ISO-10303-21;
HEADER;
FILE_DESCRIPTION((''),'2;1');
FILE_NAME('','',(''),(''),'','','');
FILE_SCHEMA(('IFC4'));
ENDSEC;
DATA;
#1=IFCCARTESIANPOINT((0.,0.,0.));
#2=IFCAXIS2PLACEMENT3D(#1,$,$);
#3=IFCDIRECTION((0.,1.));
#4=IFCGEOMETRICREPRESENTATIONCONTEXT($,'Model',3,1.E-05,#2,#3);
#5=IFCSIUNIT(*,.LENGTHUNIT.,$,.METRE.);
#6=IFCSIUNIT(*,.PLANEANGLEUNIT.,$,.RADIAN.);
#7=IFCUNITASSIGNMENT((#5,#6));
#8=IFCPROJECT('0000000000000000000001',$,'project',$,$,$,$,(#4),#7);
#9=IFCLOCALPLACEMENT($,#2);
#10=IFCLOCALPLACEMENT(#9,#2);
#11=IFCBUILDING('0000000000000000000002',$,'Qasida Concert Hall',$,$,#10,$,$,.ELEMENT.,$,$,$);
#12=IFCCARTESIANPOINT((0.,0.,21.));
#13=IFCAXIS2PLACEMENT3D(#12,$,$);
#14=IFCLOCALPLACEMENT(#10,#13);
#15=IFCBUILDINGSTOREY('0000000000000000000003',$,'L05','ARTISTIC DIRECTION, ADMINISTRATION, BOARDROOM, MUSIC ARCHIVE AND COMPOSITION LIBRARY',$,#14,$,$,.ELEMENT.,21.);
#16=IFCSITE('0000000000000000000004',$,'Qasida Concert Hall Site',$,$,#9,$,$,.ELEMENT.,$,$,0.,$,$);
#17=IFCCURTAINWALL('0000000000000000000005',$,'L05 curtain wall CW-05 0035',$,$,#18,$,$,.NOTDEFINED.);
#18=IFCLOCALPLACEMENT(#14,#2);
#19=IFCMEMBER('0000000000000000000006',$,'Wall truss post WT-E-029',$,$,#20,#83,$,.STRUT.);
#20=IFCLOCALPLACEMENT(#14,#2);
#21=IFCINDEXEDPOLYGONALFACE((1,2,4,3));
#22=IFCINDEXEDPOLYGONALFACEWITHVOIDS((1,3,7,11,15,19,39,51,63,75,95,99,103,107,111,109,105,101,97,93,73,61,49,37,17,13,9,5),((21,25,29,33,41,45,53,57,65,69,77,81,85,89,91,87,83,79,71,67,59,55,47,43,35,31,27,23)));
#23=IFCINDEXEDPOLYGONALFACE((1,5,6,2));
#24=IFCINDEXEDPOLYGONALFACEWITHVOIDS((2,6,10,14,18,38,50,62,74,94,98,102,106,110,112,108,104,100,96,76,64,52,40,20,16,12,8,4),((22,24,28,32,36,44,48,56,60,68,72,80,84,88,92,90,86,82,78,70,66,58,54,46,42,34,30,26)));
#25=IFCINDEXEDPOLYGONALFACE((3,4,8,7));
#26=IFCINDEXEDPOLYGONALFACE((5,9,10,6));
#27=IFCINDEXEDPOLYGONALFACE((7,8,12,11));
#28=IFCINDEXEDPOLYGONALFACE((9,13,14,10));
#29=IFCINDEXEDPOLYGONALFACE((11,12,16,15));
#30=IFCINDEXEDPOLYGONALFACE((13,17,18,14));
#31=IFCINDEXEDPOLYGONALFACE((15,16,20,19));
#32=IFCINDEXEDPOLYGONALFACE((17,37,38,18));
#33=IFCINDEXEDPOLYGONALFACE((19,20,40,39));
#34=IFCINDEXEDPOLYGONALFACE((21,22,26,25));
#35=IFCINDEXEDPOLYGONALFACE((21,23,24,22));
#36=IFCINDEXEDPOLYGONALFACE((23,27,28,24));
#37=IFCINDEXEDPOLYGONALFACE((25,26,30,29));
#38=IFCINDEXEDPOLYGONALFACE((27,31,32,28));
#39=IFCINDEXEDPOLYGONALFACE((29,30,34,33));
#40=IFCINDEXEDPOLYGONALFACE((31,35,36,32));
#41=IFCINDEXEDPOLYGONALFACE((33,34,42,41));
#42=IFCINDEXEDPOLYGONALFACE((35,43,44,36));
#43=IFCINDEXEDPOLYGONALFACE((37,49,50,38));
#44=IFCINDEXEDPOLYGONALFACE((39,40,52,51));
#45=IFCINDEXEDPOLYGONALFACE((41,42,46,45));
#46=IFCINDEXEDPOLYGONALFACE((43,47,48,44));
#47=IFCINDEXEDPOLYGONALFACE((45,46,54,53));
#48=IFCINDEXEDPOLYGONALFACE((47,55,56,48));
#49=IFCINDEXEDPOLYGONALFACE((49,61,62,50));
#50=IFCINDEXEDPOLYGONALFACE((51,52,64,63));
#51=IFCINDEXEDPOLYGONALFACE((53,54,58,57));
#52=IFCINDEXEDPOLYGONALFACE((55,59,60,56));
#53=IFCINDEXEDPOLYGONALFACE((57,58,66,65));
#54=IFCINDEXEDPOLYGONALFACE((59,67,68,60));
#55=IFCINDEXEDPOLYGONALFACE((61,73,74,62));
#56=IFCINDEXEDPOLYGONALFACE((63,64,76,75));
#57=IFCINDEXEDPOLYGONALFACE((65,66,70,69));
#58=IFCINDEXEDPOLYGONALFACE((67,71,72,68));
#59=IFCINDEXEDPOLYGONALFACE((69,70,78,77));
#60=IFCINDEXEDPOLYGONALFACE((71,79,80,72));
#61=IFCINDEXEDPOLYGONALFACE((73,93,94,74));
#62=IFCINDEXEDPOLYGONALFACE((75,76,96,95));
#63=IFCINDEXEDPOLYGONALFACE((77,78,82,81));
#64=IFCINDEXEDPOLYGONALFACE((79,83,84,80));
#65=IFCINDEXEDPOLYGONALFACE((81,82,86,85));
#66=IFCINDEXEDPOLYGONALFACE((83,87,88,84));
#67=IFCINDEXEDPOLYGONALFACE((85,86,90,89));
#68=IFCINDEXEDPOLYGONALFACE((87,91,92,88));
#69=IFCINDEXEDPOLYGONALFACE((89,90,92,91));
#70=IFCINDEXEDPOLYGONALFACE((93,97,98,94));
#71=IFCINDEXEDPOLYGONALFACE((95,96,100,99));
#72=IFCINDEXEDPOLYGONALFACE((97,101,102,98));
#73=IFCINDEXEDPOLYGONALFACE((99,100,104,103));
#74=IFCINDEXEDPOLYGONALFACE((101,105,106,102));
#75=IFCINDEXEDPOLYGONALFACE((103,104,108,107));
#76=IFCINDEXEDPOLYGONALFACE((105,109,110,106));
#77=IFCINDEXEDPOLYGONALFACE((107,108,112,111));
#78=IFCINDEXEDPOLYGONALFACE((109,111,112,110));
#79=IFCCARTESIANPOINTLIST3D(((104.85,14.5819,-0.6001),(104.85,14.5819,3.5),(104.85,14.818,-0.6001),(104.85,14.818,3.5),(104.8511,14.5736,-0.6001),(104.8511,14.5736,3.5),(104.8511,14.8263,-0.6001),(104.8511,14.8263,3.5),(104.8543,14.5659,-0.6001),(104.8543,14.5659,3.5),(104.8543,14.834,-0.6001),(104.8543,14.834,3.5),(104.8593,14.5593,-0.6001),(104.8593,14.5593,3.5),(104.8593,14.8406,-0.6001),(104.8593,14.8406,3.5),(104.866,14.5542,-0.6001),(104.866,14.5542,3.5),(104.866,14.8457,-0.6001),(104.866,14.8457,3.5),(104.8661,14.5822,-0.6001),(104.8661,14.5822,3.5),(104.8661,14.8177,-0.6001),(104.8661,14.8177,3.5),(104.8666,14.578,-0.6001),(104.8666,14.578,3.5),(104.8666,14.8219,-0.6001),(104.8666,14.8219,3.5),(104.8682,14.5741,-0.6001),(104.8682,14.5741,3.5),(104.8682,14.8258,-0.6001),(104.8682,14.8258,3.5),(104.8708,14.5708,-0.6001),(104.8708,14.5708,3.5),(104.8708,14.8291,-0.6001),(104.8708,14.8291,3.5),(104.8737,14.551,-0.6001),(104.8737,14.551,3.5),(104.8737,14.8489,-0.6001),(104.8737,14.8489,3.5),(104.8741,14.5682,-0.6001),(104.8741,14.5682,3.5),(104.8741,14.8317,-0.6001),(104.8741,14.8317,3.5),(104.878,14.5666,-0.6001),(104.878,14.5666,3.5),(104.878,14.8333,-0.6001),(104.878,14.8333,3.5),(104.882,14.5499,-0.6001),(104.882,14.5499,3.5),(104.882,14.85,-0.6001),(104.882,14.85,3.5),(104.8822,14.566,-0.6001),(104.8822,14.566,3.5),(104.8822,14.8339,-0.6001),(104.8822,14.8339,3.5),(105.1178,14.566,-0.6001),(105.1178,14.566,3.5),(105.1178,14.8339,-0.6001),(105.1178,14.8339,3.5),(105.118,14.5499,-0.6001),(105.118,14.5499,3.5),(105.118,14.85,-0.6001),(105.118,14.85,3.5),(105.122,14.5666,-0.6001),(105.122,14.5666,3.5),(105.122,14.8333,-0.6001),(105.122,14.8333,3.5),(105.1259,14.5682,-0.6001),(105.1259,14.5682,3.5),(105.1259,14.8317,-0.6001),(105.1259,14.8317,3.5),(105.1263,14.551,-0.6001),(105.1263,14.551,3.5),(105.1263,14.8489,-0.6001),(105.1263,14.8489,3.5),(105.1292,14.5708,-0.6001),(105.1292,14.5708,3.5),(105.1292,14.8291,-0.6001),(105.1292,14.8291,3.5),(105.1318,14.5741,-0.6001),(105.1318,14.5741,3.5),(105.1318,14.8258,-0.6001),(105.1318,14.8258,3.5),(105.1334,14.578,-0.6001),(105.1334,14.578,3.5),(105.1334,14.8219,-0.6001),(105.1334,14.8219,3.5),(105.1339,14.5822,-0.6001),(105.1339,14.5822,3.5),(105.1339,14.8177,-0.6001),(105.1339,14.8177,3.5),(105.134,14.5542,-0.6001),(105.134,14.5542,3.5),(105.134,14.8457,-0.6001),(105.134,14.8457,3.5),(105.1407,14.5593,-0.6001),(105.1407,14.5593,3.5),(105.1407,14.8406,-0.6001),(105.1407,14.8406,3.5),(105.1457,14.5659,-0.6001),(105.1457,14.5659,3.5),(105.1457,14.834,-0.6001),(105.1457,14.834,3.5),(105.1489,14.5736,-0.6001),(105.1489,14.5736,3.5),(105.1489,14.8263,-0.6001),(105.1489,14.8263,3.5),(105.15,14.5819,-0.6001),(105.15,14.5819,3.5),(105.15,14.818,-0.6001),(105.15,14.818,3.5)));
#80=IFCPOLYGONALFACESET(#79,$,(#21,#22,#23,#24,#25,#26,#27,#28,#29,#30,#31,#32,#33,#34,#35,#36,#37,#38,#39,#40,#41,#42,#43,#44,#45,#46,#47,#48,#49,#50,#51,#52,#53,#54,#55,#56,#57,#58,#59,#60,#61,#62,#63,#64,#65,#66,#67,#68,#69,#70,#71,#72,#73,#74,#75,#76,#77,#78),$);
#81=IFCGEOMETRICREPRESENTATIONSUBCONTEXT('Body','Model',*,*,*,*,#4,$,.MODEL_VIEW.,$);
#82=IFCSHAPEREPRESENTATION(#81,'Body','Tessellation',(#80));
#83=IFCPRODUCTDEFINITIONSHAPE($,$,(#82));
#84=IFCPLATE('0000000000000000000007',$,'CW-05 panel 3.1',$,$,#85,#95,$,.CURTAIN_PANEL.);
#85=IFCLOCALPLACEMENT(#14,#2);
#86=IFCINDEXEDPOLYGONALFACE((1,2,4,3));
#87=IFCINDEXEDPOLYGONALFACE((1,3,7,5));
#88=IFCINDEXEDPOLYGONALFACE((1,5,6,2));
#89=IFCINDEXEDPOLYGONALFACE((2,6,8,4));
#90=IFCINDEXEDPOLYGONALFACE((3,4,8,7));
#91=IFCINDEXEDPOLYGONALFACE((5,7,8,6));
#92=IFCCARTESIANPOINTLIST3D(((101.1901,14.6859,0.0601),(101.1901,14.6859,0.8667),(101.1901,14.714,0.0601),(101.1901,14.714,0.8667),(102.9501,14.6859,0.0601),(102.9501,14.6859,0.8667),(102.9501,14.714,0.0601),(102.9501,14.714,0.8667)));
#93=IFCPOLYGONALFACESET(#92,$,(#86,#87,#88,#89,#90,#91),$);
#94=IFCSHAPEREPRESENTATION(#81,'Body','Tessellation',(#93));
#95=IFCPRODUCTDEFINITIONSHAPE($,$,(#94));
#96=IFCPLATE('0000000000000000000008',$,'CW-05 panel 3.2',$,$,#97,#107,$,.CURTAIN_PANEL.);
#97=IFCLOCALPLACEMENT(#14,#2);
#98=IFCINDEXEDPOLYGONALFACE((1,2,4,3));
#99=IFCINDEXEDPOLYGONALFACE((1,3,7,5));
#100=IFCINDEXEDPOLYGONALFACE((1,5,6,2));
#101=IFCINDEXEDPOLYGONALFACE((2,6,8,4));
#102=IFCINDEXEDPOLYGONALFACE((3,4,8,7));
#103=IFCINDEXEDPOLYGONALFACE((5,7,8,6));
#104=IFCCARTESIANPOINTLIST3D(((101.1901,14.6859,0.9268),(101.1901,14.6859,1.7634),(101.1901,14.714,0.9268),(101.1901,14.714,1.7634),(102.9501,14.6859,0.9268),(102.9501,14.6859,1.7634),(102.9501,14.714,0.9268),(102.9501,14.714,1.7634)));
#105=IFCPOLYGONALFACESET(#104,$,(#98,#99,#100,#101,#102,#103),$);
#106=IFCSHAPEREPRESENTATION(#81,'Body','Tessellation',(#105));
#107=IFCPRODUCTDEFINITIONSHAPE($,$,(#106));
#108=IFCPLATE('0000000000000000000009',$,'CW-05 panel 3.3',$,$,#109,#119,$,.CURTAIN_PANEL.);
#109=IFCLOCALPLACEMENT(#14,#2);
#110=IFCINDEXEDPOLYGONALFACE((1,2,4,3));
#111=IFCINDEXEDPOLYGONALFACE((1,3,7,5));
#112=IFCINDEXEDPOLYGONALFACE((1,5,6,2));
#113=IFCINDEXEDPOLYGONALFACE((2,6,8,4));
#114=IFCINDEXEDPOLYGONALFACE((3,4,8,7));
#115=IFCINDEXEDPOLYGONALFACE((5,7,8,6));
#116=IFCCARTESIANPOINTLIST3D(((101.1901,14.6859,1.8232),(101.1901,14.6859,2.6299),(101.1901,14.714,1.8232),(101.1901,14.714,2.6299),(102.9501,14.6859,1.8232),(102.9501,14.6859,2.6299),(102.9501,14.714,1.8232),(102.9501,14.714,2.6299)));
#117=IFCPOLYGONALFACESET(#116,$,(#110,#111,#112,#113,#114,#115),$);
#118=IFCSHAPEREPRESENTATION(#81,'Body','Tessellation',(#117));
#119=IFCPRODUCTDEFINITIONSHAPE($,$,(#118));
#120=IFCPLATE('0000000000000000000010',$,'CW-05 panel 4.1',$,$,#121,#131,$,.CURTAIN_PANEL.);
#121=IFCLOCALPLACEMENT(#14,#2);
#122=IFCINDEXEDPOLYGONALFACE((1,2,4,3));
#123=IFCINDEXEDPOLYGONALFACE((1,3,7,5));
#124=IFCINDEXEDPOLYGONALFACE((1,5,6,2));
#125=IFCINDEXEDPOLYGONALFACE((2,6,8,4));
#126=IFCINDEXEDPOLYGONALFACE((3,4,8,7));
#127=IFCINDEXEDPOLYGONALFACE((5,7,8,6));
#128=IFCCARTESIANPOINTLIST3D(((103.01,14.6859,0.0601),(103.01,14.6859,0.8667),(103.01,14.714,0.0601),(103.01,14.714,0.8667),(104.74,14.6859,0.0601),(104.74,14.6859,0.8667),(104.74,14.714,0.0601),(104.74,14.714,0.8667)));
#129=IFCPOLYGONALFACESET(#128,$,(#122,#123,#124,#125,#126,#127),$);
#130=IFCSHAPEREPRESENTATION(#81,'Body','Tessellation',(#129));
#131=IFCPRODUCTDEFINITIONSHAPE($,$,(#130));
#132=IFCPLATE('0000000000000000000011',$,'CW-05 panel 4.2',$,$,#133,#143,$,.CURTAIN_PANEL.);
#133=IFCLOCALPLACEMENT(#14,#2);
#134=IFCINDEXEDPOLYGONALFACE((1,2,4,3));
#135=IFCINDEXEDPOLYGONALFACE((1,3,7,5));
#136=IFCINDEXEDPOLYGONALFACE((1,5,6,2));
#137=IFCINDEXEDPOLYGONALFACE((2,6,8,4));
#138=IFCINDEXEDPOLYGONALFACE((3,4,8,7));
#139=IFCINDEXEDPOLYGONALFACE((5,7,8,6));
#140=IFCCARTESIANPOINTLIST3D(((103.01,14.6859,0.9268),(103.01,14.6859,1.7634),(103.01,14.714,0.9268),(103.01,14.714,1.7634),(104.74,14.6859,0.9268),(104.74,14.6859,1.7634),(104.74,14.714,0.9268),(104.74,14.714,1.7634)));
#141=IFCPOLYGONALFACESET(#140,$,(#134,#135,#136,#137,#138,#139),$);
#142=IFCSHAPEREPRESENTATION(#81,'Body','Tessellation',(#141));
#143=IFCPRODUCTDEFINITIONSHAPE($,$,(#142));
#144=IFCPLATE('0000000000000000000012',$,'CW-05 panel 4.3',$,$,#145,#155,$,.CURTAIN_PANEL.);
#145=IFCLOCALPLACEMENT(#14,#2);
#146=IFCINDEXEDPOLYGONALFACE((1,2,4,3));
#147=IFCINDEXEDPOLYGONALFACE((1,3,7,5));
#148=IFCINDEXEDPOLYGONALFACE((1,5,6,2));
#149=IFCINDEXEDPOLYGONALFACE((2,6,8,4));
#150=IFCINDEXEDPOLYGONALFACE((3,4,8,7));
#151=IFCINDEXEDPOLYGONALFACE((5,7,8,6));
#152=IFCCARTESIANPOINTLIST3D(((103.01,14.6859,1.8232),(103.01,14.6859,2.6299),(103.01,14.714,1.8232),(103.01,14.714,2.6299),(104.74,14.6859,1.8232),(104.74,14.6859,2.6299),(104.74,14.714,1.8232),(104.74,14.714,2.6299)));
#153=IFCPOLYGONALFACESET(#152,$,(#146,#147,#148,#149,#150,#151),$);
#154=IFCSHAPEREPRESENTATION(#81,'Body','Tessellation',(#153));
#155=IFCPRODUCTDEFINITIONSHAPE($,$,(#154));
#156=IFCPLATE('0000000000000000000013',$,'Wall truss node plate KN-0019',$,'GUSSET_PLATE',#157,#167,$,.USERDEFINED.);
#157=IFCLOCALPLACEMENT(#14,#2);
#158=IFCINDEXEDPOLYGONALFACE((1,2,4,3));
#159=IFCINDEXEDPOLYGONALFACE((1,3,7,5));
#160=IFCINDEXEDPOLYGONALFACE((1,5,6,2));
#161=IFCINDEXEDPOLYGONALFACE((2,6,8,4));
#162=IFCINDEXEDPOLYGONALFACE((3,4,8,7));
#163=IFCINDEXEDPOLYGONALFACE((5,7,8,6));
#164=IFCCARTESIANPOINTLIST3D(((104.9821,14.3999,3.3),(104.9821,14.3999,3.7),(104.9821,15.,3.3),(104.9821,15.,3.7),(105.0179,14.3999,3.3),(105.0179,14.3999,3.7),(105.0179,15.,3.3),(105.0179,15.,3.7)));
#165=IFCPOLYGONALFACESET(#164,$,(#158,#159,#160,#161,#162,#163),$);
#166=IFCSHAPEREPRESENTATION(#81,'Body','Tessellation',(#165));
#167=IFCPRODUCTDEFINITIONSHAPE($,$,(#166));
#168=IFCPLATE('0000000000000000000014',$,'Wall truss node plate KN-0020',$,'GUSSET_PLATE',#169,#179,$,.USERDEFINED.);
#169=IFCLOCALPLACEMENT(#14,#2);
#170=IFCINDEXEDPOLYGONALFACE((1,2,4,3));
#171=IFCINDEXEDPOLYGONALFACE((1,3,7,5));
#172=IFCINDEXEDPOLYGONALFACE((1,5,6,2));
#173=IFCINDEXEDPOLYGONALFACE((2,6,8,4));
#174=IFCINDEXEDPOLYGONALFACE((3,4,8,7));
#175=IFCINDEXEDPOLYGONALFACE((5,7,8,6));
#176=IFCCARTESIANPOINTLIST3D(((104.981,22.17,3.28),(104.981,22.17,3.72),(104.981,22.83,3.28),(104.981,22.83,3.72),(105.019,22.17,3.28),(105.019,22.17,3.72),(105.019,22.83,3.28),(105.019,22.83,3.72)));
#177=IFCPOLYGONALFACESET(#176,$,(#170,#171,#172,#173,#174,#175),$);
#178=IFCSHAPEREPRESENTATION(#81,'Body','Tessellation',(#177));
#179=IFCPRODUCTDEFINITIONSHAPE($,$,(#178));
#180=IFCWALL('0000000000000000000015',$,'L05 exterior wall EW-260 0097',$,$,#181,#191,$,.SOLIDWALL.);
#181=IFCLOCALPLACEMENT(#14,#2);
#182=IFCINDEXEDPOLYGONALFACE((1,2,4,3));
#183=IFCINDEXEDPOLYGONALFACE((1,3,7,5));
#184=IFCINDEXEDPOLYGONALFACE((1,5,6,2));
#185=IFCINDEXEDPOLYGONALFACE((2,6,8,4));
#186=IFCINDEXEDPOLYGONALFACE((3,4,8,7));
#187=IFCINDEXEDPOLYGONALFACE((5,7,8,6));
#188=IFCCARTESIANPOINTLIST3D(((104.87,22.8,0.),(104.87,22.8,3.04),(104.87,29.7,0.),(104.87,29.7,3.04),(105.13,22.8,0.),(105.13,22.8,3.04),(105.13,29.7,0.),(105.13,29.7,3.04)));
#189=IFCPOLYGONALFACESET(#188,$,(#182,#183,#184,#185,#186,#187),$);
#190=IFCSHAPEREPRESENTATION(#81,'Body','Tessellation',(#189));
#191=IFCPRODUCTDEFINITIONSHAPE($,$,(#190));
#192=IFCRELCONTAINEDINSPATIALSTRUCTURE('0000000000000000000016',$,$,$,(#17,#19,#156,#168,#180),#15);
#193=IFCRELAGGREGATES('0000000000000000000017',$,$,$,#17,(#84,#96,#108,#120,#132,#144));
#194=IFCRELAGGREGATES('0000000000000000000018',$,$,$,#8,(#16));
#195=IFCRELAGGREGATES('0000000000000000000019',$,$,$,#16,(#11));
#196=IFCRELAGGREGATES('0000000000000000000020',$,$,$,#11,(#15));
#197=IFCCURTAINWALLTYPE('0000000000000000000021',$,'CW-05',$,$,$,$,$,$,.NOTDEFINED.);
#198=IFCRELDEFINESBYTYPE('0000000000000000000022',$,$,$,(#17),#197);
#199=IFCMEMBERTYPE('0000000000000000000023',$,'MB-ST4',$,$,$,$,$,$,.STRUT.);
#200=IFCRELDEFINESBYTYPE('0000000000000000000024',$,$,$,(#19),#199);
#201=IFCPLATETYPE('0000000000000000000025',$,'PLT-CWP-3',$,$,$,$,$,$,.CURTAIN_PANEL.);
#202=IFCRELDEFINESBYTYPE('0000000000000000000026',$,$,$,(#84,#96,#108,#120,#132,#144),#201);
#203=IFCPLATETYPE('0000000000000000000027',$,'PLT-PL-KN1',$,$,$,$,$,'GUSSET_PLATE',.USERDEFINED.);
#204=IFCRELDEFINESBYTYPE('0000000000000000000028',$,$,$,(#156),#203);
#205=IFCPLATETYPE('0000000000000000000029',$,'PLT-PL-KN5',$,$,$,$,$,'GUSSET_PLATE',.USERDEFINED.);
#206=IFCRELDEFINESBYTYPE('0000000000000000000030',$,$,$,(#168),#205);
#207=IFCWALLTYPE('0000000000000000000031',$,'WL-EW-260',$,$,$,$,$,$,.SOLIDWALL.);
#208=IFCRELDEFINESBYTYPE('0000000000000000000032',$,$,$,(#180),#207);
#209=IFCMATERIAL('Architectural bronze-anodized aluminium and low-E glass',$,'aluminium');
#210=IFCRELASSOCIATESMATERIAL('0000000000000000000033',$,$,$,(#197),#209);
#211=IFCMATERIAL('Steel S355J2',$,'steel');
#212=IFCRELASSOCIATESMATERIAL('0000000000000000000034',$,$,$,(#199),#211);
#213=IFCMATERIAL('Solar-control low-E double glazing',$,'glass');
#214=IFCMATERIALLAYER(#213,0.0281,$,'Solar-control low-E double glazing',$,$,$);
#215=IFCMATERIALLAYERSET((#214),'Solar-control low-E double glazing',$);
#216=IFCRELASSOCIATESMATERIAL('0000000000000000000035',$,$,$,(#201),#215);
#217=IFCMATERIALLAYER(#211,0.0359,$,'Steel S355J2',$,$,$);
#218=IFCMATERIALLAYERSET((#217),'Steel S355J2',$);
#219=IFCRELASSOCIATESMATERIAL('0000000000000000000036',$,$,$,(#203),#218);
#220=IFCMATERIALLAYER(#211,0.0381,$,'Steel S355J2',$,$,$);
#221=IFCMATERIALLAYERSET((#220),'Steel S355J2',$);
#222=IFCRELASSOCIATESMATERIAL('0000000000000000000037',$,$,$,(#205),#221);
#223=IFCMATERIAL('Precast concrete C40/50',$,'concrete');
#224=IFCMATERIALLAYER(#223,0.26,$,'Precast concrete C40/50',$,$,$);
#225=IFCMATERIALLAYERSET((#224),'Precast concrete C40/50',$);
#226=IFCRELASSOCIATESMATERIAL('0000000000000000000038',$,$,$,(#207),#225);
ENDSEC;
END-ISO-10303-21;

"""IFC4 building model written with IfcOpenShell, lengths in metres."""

from ifc_helpers import new_model, si_unit, direction, frame, frame_2d, origin, origin_2d, place, context, subcontext, project, spatial, rectangle, hollow_rectangle, extrude, material, layer, layer_set, material_profile, profile_set, type_object, element, aggregate, save


model = new_model("IFC4")

# Units and contexts
model_context = context("Model", 3, precision=1e-05, world=origin(), true_north=direction((0.0, 1.0)))
body_context = subcontext(model_context, "Body", "Model", "MODEL_VIEW")
ifc_project = project(units=[si_unit("LENGTHUNIT", "METRE"), si_unit("PLANEANGLEUNIT", "RADIAN")], contexts=[model_context])

# Site, building, storey
site_placement = place(None, origin())
site = spatial("IfcSite", under=ifc_project, at=site_placement, Name="Qasida Concert Hall Site", CompositionType="ELEMENT", RefElevation=0.0)
building_placement = place(site_placement, origin())
building = spatial("IfcBuilding", under=site, at=building_placement, Name="Qasida Concert Hall", CompositionType="ELEMENT")
storey_placement = place(building_placement, frame((0.0, 0.0, 21.0)))
storey = spatial("IfcBuildingStorey", under=building, at=storey_placement, Name="L05", Description="ARTISTIC DIRECTION, ADMINISTRATION, BOARDROOM, MUSIC ARCHIVE AND COMPOSITION LIBRARY", CompositionType="ELEMENT", Elevation=21.0)

# Shared definitions
ifc_material_1 = material(Name="Steel S355J2", Category="steel")

# Curtain wall
ifc_material_2 = material(Name="Architectural bronze-anodized aluminium and low-E glass", Category="aluminium")
curtain_wall_type = type_object("IfcCurtainWallType", Name="CW-05", PredefinedType="NOTDEFINED", material=ifc_material_2)
curtain_wall_placement = place(storey_placement, origin())
curtain_wall = element("IfcCurtainWall", 1, at=curtain_wall_placement, inside=storey, type_object=curtain_wall_type, Name="L05 curtain wall CW-05 0035", PredefinedType="NOTDEFINED")

# Member
ifc_material_profile_1 = material_profile(ifc_material_1, hollow_rectangle(XDim=0.3, YDim=0.3, WallThickness=0.0161, InnerFilletRadius=0.0161, OuterFilletRadius=0.032, at=origin_2d()), Name="SHS 300x300x16")
ifc_profile_set_1 = profile_set([ifc_material_profile_1], Name="Steel S355J2")
member_type_1 = type_object("IfcMemberType", Name="MB-ST4", PredefinedType="STRUT", material=ifc_profile_set_1)
member_1_placement = place(storey_placement, frame((105.0, 14.7, -0.6001), z_axis=(0.0, 0.0, 1.0), x_axis=(1.0, 0.0, 0.0)))
element("IfcMember", 2, at=member_1_placement, inside=storey, type_object=member_type_1, Name="Wall truss post WT-E-029", PredefinedType="STRUT", context=body_context, shape_type="SweptSolid", body=[
    extrude(hollow_rectangle(XDim=0.3, YDim=0.3, WallThickness=0.0161, InnerFilletRadius=0.0161, OuterFilletRadius=0.032, at=origin_2d()), origin(), (0.0, 0.0, 1.0), 4.1001),
])

# Plates
ifc_material_3 = material(Name="Solar-control low-E double glazing", Category="glass")
ifc_layer_1 = layer(ifc_material_3, 0.0281, Name="Solar-control low-E double glazing")
ifc_layer_set_1 = layer_set([ifc_layer_1], Name="Solar-control low-E double glazing")
plate_type_1 = type_object("IfcPlateType", Name="PLT-CWP-3", PredefinedType="CURTAIN_PANEL", material=ifc_layer_set_1)
plate_1_placement = place(storey_placement, frame((102.0701, 14.7, 0.0601), z_axis=(0.0, 0.0, 1.0), x_axis=(1.0, 0.0, 0.0)))
plate_1 = element("IfcPlate", 3, at=plate_1_placement, type_object=plate_type_1, Name="CW-05 panel 3.1", PredefinedType="CURTAIN_PANEL", context=body_context, shape_type="SweptSolid", body=[
    extrude(rectangle(XDim=1.76, YDim=0.0281, at=origin_2d()), origin(), (0.0, 0.0, 1.0), 0.8066),
])
plate_2_placement = place(storey_placement, frame((102.0701, 14.7, 0.9268), z_axis=(0.0, 0.0, 1.0), x_axis=(1.0, 0.0, 0.0)))
plate_2 = element("IfcPlate", 4, at=plate_2_placement, type_object=plate_type_1, Name="CW-05 panel 3.2", PredefinedType="CURTAIN_PANEL", context=body_context, shape_type="SweptSolid", body=[
    extrude(rectangle(XDim=1.76, YDim=0.0281, at=origin_2d()), origin(), (0.0, 0.0, 1.0), 0.8367),
])
plate_3_placement = place(storey_placement, frame((102.0701, 14.7, 1.8232), z_axis=(0.0, 0.0, 1.0), x_axis=(1.0, 0.0, 0.0)))
plate_3 = element("IfcPlate", 5, at=plate_3_placement, type_object=plate_type_1, Name="CW-05 panel 3.3", PredefinedType="CURTAIN_PANEL", context=body_context, shape_type="SweptSolid", body=[
    extrude(rectangle(XDim=1.76, YDim=0.0281, at=origin_2d()), origin(), (0.0, 0.0, 1.0), 0.8066),
])
plate_4_placement = place(storey_placement, frame((103.875, 14.7, 0.0601), z_axis=(0.0, 0.0, 1.0), x_axis=(1.0, 0.0, 0.0)))
plate_4 = element("IfcPlate", 6, at=plate_4_placement, type_object=plate_type_1, Name="CW-05 panel 4.1", PredefinedType="CURTAIN_PANEL", context=body_context, shape_type="SweptSolid", body=[
    extrude(rectangle(XDim=1.73, YDim=0.0281, at=origin_2d()), origin(), (0.0, 0.0, 1.0), 0.8066),
])
plate_5_placement = place(storey_placement, frame((103.875, 14.7, 0.9268), z_axis=(0.0, 0.0, 1.0), x_axis=(1.0, 0.0, 0.0)))
plate_5 = element("IfcPlate", 7, at=plate_5_placement, type_object=plate_type_1, Name="CW-05 panel 4.2", PredefinedType="CURTAIN_PANEL", context=body_context, shape_type="SweptSolid", body=[
    extrude(rectangle(XDim=1.73, YDim=0.0281, at=origin_2d()), origin(), (0.0, 0.0, 1.0), 0.8367),
])
plate_6_placement = place(storey_placement, frame((103.875, 14.7, 1.8232), z_axis=(0.0, 0.0, 1.0), x_axis=(1.0, 0.0, 0.0)))
plate_6 = element("IfcPlate", 8, at=plate_6_placement, type_object=plate_type_1, Name="CW-05 panel 4.3", PredefinedType="CURTAIN_PANEL", context=body_context, shape_type="SweptSolid", body=[
    extrude(rectangle(XDim=1.73, YDim=0.0281, at=origin_2d()), origin(), (0.0, 0.0, 1.0), 0.8066),
])
aggregate(curtain_wall, [plate_1, plate_2, plate_3, plate_4, plate_5, plate_6])

# Plates
ifc_layer_2 = layer(ifc_material_1, 0.0359, Name="Steel S355J2")
ifc_layer_set_2 = layer_set([ifc_layer_2], Name="Steel S355J2")
plate_type_2 = type_object("IfcPlateType", Name="PLT-PL-KN1", ElementType="GUSSET_PLATE", PredefinedType="USERDEFINED", material=ifc_layer_set_2)
plate_7_placement = place(storey_placement, frame((105.0, 14.7, 3.3), z_axis=(0.0, 0.0, 1.0), x_axis=(1.0, 0.0, 0.0)))
element("IfcPlate", 9, at=plate_7_placement, inside=storey, type_object=plate_type_2, Name="Wall truss node plate KN-0019", ObjectType="GUSSET_PLATE", PredefinedType="USERDEFINED", context=body_context, shape_type="SweptSolid", body=[
    extrude(rectangle(XDim=0.0359, YDim=0.6001, at=origin_2d()), origin(), (0.0, 0.0, 1.0), 0.3999),
])
ifc_layer_3 = layer(ifc_material_1, 0.0381, Name="Steel S355J2")
ifc_layer_set_3 = layer_set([ifc_layer_3], Name="Steel S355J2")
plate_type_3 = type_object("IfcPlateType", Name="PLT-PL-KN5", ElementType="GUSSET_PLATE", PredefinedType="USERDEFINED", material=ifc_layer_set_3)
plate_8_placement = place(storey_placement, frame((105.0, 22.5, 3.28), z_axis=(0.0, 0.0, 1.0), x_axis=(1.0, 0.0, 0.0)))
element("IfcPlate", 10, at=plate_8_placement, inside=storey, type_object=plate_type_3, Name="Wall truss node plate KN-0020", ObjectType="GUSSET_PLATE", PredefinedType="USERDEFINED", context=body_context, shape_type="SweptSolid", body=[
    extrude(rectangle(XDim=0.0381, YDim=0.6599, at=origin_2d()), origin(), (0.0, 0.0, 1.0), 0.4399),
])

# Wall
ifc_material_4 = material(Name="Precast concrete C40/50", Category="concrete")
ifc_layer_4 = layer(ifc_material_4, 0.26, Name="Precast concrete C40/50")
ifc_layer_set_4 = layer_set([ifc_layer_4], Name="Precast concrete C40/50")
wall_type_1 = type_object("IfcWallType", Name="WL-EW-260", PredefinedType="SOLIDWALL", material=ifc_layer_set_4)
wall_1_placement = place(storey_placement, frame((105.0, 22.8, 0.0), z_axis=(0.0, 0.0, 1.0), x_axis=(0.0, 1.0, 0.0)))
element("IfcWall", 11, at=wall_1_placement, inside=storey, type_object=wall_type_1, Name="L05 exterior wall EW-260 0097", PredefinedType="SOLIDWALL", context=body_context, shape_type="SweptSolid", body=[
    extrude(rectangle(XDim=6.8999, YDim=0.26, at=frame_2d((3.45, 0.0))), origin(), (0.0, 0.0, 1.0), 3.04),
])

save(model, "model.ifc")
